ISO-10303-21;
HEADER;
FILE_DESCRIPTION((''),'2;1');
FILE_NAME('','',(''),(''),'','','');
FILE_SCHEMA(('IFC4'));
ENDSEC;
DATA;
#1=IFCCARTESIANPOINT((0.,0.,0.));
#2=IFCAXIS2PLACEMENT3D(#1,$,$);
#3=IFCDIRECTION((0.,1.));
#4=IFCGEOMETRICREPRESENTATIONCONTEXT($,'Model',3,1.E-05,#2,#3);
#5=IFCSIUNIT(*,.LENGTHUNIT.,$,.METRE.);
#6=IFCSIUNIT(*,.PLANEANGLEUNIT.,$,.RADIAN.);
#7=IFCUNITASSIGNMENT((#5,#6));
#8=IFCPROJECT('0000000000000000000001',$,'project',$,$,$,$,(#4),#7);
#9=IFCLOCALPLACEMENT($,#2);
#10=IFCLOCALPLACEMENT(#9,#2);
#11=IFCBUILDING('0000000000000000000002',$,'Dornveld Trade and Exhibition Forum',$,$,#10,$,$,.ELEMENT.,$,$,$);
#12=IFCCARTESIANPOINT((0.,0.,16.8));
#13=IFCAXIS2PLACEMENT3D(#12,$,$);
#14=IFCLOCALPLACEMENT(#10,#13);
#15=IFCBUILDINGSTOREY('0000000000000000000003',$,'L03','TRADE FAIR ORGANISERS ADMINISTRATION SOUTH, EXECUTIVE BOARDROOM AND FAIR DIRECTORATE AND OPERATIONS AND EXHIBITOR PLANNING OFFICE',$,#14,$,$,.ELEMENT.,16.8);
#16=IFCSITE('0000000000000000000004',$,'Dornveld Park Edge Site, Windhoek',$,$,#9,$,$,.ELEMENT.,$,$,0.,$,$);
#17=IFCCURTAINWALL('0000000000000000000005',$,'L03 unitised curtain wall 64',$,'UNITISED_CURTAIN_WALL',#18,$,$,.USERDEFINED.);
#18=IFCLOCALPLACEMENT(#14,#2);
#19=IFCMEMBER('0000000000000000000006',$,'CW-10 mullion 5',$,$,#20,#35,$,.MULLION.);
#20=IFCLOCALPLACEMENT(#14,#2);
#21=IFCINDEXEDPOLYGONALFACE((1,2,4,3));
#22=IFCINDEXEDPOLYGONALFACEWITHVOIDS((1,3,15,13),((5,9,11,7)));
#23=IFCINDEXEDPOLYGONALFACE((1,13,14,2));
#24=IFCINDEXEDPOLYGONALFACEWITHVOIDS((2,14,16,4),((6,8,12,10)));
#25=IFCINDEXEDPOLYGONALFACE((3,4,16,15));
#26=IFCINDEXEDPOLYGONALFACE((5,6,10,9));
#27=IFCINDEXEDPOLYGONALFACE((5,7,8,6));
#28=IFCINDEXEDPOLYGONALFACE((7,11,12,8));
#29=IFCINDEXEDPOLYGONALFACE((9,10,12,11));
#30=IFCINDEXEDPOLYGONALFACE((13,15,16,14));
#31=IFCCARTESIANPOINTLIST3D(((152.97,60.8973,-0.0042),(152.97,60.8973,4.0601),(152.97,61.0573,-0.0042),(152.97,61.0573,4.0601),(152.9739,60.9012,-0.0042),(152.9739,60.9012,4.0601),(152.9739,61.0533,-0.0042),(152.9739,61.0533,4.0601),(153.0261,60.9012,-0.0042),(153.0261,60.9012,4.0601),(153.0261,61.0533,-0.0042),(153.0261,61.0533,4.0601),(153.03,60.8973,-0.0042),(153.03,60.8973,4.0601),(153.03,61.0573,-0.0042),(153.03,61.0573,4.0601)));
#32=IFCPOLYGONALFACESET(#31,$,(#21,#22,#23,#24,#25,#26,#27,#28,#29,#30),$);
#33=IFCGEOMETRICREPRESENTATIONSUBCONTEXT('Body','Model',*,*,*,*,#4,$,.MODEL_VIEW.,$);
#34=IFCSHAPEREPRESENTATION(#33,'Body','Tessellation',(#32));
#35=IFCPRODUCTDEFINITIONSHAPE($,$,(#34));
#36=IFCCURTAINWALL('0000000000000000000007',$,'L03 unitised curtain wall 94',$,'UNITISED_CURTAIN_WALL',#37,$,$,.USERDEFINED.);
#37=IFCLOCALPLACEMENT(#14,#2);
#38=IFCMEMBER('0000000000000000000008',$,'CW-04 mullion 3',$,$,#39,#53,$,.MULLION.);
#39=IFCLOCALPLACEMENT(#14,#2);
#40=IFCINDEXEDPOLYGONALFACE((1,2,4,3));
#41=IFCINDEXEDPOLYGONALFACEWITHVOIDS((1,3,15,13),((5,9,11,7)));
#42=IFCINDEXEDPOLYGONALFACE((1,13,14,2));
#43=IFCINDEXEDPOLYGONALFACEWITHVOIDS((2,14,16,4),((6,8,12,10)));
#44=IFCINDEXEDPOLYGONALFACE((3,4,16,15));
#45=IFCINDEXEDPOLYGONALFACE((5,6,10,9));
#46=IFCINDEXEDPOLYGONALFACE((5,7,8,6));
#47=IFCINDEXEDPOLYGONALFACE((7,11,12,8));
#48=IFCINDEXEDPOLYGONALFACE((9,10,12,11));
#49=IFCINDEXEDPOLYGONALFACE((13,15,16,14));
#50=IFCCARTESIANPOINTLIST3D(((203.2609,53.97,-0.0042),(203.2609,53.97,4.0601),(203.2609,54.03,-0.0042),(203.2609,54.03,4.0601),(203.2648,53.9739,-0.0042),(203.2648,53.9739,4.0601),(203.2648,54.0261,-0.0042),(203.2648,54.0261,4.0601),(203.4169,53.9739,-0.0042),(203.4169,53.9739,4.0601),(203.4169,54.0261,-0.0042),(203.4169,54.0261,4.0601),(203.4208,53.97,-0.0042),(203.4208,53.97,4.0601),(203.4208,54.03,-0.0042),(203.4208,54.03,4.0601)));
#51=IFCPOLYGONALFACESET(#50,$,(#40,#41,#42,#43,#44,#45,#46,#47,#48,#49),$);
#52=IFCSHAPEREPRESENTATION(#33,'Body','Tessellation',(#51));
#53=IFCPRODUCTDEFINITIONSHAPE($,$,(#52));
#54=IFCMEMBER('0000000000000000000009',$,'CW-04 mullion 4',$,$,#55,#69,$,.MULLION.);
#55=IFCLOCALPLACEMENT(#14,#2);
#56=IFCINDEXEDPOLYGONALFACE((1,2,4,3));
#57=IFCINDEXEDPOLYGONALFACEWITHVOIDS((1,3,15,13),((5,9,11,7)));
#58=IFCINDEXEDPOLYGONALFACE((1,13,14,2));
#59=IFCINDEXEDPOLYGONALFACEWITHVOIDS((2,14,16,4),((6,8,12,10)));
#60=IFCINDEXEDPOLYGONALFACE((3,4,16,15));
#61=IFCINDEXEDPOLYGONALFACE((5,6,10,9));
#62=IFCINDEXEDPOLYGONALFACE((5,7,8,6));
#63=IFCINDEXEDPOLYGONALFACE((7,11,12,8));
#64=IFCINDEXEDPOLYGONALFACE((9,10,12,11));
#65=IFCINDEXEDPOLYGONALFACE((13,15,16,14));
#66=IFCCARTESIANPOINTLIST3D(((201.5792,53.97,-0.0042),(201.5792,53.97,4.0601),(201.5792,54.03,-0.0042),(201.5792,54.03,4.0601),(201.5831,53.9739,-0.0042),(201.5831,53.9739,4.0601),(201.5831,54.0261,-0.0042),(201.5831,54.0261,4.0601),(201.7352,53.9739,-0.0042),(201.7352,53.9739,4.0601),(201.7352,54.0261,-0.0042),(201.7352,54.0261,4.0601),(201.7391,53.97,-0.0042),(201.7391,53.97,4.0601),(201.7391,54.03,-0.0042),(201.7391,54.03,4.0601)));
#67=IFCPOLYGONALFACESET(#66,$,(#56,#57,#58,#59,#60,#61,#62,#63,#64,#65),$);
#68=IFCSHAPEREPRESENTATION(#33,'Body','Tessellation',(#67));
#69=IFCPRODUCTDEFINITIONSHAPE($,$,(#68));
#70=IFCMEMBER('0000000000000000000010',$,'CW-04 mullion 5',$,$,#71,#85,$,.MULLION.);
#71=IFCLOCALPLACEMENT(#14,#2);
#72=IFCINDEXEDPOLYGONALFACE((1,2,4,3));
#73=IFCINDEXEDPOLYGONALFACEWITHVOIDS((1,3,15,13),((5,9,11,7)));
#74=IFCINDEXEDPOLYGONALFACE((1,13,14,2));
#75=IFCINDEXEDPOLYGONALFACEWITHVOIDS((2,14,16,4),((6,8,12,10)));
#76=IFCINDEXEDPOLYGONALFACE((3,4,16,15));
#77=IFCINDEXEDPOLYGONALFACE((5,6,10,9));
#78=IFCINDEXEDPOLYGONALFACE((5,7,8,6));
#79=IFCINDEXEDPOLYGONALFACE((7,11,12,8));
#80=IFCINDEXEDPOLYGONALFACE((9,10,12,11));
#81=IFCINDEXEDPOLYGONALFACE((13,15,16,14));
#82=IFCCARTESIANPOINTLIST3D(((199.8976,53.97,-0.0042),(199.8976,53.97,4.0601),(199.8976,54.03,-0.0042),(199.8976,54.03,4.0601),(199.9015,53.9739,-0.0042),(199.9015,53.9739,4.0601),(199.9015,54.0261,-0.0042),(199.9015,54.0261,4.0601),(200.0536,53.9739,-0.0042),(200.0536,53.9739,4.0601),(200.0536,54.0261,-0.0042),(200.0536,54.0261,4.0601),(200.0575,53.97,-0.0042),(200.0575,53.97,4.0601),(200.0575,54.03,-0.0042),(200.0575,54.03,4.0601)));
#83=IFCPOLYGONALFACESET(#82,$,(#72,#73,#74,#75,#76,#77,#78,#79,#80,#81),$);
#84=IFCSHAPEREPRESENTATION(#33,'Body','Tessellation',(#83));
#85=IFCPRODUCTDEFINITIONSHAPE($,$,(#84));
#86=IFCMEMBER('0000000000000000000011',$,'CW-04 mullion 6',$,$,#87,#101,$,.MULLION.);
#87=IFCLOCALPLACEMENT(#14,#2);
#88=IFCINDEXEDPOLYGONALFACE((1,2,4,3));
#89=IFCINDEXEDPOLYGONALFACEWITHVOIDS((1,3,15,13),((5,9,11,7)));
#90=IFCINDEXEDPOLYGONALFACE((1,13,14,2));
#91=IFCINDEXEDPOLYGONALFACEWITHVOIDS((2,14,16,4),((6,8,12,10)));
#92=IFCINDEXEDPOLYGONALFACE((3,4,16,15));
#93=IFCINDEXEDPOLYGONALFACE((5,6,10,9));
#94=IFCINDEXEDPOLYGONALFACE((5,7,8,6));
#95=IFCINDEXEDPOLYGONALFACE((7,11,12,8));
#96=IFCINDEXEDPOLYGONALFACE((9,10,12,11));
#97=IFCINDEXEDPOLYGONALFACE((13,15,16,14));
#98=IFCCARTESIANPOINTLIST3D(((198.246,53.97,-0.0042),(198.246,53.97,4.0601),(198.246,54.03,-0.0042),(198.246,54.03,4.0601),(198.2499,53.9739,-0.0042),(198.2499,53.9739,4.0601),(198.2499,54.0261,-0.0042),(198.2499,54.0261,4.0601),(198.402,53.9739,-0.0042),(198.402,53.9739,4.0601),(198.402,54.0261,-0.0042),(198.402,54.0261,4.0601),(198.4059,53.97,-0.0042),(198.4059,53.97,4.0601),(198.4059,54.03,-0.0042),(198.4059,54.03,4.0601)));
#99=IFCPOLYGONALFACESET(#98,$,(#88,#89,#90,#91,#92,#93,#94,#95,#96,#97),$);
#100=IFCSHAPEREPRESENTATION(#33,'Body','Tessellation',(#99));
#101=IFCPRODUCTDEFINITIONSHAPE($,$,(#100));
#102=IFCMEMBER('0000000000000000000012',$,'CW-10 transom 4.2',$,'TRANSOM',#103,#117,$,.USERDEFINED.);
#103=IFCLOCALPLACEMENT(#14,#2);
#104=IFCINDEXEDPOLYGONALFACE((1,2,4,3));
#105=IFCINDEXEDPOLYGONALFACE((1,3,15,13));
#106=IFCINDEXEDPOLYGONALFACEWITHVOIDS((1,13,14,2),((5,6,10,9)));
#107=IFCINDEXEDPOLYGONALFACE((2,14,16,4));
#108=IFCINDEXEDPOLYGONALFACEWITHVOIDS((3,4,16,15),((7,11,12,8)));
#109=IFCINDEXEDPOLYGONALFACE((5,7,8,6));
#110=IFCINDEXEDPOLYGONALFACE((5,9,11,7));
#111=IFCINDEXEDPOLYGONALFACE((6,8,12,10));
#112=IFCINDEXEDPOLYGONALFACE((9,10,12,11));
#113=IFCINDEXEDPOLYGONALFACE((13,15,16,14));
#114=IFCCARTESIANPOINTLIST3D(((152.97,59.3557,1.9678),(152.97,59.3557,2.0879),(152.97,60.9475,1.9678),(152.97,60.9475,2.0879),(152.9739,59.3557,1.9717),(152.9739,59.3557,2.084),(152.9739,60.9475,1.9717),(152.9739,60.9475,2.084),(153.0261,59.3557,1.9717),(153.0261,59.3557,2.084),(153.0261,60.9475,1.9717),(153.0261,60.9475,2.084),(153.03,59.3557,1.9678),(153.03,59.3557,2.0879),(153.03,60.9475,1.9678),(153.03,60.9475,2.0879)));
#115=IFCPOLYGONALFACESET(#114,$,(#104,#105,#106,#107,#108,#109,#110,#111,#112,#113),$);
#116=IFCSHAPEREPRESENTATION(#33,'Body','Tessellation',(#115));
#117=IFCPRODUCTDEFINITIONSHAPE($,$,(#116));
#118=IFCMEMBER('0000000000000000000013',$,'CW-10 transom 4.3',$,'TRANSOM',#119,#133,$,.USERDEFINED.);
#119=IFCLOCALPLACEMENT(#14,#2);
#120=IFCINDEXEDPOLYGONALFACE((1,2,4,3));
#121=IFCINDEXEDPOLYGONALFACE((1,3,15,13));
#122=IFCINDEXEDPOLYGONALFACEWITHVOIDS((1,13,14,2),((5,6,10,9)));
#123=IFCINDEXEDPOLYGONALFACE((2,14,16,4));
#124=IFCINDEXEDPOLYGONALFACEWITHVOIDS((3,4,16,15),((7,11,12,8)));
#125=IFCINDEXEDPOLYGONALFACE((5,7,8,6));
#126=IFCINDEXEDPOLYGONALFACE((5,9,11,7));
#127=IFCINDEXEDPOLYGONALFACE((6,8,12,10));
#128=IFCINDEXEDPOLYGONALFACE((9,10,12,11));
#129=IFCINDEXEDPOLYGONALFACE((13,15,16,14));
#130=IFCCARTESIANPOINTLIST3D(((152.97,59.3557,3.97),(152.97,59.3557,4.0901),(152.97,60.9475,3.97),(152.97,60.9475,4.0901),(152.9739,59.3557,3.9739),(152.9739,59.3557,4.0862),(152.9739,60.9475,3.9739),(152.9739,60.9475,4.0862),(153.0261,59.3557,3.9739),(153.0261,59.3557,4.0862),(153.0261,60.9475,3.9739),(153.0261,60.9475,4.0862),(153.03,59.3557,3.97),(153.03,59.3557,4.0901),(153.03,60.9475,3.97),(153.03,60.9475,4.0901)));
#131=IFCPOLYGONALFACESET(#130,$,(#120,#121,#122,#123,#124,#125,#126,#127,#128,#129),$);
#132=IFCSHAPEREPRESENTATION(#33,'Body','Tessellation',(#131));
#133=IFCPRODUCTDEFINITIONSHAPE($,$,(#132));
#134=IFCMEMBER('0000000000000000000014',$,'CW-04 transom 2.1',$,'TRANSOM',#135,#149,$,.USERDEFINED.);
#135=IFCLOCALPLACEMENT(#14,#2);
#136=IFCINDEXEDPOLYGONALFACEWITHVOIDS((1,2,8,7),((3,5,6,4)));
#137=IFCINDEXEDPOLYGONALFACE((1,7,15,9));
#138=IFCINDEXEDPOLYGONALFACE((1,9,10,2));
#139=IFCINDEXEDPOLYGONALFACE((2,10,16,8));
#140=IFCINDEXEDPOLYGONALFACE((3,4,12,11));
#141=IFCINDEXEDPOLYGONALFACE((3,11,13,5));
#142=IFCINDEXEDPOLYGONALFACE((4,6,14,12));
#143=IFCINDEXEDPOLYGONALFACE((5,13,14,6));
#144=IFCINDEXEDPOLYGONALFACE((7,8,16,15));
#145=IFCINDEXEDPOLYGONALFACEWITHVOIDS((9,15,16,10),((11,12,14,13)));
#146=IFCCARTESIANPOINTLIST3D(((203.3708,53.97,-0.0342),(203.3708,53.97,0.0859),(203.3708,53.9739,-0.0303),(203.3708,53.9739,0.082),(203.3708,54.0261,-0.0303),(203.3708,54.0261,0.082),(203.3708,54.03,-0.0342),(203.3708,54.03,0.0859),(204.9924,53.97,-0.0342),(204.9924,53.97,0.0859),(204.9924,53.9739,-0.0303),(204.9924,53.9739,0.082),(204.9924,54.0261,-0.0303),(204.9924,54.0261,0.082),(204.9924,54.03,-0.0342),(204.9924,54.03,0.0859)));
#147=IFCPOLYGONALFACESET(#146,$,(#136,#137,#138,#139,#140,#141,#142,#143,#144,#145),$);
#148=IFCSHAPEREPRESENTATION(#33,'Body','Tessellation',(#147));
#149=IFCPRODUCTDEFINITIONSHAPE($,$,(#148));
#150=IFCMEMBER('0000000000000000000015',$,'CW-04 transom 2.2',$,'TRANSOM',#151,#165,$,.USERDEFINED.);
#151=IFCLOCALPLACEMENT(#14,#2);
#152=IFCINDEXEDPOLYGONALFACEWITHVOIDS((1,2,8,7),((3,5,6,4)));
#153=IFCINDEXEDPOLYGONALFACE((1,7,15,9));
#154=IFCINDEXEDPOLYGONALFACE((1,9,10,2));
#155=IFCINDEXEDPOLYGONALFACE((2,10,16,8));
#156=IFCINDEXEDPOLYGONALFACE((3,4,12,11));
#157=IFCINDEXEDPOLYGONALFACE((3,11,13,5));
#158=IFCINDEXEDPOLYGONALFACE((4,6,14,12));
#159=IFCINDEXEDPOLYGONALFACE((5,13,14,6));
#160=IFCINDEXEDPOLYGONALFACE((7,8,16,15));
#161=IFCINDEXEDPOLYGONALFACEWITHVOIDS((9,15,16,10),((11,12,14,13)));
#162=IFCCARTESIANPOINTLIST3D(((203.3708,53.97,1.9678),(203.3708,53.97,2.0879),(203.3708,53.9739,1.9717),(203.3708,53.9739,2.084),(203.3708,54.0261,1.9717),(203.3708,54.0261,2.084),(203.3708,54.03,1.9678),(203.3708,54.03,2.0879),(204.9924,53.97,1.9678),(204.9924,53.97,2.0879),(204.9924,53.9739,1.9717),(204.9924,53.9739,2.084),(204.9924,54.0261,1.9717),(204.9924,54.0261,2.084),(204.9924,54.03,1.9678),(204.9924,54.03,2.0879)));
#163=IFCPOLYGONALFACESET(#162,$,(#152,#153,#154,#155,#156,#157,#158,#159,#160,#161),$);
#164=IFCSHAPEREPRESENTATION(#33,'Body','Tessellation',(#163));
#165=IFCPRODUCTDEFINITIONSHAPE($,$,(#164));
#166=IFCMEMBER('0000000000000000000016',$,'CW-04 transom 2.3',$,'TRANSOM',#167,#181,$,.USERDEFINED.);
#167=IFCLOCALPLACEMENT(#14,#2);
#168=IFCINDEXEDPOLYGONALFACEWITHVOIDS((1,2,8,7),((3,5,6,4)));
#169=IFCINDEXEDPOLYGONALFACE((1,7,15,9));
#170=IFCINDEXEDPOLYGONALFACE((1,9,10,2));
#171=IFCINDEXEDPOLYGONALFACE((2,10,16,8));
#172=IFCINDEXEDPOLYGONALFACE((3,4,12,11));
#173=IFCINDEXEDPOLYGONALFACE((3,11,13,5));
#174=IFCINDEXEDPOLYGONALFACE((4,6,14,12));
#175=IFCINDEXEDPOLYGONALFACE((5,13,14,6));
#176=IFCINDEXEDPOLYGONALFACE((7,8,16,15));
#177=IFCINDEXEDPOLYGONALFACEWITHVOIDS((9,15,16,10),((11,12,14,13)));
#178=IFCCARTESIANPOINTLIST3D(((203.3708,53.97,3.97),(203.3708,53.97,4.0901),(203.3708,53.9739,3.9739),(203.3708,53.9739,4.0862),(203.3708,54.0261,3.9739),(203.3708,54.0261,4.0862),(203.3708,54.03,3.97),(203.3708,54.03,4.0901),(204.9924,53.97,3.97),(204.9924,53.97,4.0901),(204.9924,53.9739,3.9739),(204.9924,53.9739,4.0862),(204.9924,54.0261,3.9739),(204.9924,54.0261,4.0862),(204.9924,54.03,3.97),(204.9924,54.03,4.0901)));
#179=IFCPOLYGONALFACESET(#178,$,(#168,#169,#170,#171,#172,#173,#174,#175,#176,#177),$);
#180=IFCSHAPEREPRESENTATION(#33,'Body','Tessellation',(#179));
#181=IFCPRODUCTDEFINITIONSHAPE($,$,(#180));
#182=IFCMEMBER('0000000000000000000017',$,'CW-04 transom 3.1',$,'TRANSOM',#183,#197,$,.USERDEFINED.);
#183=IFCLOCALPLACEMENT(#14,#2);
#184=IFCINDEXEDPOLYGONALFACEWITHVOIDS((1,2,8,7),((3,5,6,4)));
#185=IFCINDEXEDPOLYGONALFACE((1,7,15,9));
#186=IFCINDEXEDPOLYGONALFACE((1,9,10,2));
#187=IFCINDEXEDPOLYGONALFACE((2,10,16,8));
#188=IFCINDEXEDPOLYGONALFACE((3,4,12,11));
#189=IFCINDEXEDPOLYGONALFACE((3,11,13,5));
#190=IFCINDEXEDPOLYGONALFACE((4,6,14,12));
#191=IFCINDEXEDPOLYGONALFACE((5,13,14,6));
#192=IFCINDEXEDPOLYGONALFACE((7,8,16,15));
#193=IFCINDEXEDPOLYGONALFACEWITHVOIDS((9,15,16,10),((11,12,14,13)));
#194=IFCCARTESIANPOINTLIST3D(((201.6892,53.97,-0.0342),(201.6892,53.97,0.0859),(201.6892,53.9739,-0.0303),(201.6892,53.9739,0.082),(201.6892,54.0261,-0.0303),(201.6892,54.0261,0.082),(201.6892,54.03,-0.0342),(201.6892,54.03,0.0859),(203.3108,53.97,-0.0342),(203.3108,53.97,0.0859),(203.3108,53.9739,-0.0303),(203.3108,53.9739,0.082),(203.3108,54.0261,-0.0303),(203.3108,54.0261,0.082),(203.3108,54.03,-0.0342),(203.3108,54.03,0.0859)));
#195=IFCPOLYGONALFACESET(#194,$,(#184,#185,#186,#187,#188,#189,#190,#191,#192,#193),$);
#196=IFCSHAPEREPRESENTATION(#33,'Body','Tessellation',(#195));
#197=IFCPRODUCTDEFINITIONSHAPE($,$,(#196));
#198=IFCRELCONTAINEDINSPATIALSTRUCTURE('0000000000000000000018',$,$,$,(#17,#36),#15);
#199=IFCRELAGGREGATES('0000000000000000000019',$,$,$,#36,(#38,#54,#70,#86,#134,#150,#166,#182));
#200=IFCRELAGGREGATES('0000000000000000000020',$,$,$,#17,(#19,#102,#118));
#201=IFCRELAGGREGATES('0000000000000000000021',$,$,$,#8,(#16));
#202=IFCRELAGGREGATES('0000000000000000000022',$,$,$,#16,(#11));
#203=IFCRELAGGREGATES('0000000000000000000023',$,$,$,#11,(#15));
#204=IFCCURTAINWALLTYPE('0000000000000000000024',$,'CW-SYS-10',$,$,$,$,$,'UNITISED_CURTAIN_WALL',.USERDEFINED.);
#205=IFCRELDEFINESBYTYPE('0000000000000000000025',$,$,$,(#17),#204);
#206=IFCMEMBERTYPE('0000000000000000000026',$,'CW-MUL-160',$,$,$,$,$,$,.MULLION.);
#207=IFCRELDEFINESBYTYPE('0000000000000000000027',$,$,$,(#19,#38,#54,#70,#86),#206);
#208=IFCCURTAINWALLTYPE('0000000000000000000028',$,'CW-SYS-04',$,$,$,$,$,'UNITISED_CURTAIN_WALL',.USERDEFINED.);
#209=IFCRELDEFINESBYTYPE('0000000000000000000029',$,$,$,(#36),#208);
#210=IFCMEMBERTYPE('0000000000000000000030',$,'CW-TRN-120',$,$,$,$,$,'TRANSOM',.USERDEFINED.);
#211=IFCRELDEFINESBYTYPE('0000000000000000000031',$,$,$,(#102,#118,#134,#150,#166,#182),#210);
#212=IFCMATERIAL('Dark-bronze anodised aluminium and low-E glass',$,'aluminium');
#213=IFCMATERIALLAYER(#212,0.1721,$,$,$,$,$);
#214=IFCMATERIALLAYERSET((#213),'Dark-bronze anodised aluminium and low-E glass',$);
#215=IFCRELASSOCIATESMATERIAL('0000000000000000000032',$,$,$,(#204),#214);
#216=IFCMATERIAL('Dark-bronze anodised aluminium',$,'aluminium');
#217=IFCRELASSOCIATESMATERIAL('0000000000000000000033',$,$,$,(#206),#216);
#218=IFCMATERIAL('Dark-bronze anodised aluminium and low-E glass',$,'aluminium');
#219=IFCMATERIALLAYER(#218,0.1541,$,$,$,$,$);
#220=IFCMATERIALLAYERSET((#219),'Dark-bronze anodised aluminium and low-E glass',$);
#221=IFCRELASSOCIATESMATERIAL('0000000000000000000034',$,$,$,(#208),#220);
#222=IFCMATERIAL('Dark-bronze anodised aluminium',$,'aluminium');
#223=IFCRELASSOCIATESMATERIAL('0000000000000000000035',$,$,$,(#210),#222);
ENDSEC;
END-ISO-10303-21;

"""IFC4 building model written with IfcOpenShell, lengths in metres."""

from ifc_helpers import new_model, si_unit, direction, frame, origin, origin_2d, place, context, subcontext, project, spatial, hollow_rectangle, extrude, material, layer, layer_set, material_profile, profile_set, type_object, element, aggregate, save


model = new_model("IFC4")

# Units and contexts
model_context = context("Model", 3, precision=1e-05, world=origin(), true_north=direction((0.0, 1.0)))
body_context = subcontext(model_context, "Body", "Model", "MODEL_VIEW")
ifc_project = project(units=[si_unit("LENGTHUNIT", "METRE"), si_unit("PLANEANGLEUNIT", "RADIAN")], contexts=[model_context])

# Site, building, storey
site_placement = place(None, origin())
site = spatial("IfcSite", under=ifc_project, at=site_placement, Name="Dornveld Park Edge Site, Windhoek", CompositionType="ELEMENT", RefElevation=0.0)
building_placement = place(site_placement, origin())
building = spatial("IfcBuilding", under=site, at=building_placement, Name="Dornveld Trade and Exhibition Forum", CompositionType="ELEMENT")
storey_placement = place(building_placement, frame((0.0, 0.0, 16.8)))
storey = spatial("IfcBuildingStorey", under=building, at=storey_placement, Name="L03", Description="TRADE FAIR ORGANISERS ADMINISTRATION SOUTH, EXECUTIVE BOARDROOM AND FAIR DIRECTORATE AND OPERATIONS AND EXHIBITOR PLANNING OFFICE", CompositionType="ELEMENT", Elevation=16.8)

# Curtain wall, member
ifc_material_1 = material(Name="Dark-bronze anodised aluminium and low-E glass", Category="aluminium")
ifc_layer_1 = layer(ifc_material_1, 0.1721)
ifc_layer_set_1 = layer_set([ifc_layer_1], Name="Dark-bronze anodised aluminium and low-E glass")
curtain_wall_type_1 = type_object("IfcCurtainWallType", Name="CW-SYS-10", ElementType="UNITISED_CURTAIN_WALL", PredefinedType="USERDEFINED", material=ifc_layer_set_1)
curtain_wall_1_placement = place(storey_placement, origin())
curtain_wall_1 = element("IfcCurtainWall", 1, at=curtain_wall_1_placement, inside=storey, type_object=curtain_wall_type_1, Name="L03 unitised curtain wall 64", ObjectType="UNITISED_CURTAIN_WALL", PredefinedType="USERDEFINED")
ifc_material_2 = material(Name="Dark-bronze anodised aluminium", Category="aluminium")
ifc_material_profile_1 = material_profile(ifc_material_2, hollow_rectangle(XDim=0.0601, YDim=0.1599, WallThickness=0.0039, at=origin_2d()), Name="RHS 160x60x4")
ifc_profile_set_1 = profile_set([ifc_material_profile_1], Name="Dark-bronze anodised aluminium")
member_type_1 = type_object("IfcMemberType", Name="CW-MUL-160", PredefinedType="MULLION", material=ifc_profile_set_1)
member_1_placement = place(storey_placement, frame((153.0, 60.9773, -0.0042), z_axis=(0.0, 0.0, 1.0), x_axis=(-1.0, 0.0, 0.0)))
member_1 = element("IfcMember", 2, at=member_1_placement, type_object=member_type_1, Name="CW-10 mullion 5", PredefinedType="MULLION", context=body_context, shape_type="SweptSolid", body=[
    extrude(hollow_rectangle(XDim=0.0601, YDim=0.1599, WallThickness=0.0039, at=origin_2d()), origin(), (0.0, 0.0, 1.0), 4.0642),
])

# Curtain wall, members
ifc_material_3 = material(Name="Dark-bronze anodised aluminium and low-E glass", Category="aluminium")
ifc_layer_2 = layer(ifc_material_3, 0.1541)
ifc_layer_set_2 = layer_set([ifc_layer_2], Name="Dark-bronze anodised aluminium and low-E glass")
curtain_wall_type_2 = type_object("IfcCurtainWallType", Name="CW-SYS-04", ElementType="UNITISED_CURTAIN_WALL", PredefinedType="USERDEFINED", material=ifc_layer_set_2)
curtain_wall_2_placement = place(storey_placement, origin())
curtain_wall_2 = element("IfcCurtainWall", 3, at=curtain_wall_2_placement, inside=storey, type_object=curtain_wall_type_2, Name="L03 unitised curtain wall 94", ObjectType="UNITISED_CURTAIN_WALL", PredefinedType="USERDEFINED")
member_2_placement = place(storey_placement, frame((203.3408, 54.0, -0.0042), z_axis=(0.0, 0.0, 1.0), x_axis=(0.0, -1.0, 0.0)))
member_2 = element("IfcMember", 4, at=member_2_placement, type_object=member_type_1, Name="CW-04 mullion 3", PredefinedType="MULLION", context=body_context, shape_type="SweptSolid", body=[
    extrude(hollow_rectangle(XDim=0.0601, YDim=0.1599, WallThickness=0.0039, at=origin_2d()), origin(), (0.0, 0.0, 1.0), 4.0642),
])
member_3_placement = place(storey_placement, frame((201.6592, 54.0, -0.0042), z_axis=(0.0, 0.0, 1.0), x_axis=(0.0, -1.0, 0.0)))
member_3 = element("IfcMember", 5, at=member_3_placement, type_object=member_type_1, Name="CW-04 mullion 4", PredefinedType="MULLION", context=body_context, shape_type="SweptSolid", body=[
    extrude(hollow_rectangle(XDim=0.0601, YDim=0.1599, WallThickness=0.0039, at=origin_2d()), origin(), (0.0, 0.0, 1.0), 4.0642),
])
member_4_placement = place(storey_placement, frame((199.9775, 54.0, -0.0042), z_axis=(0.0, 0.0, 1.0), x_axis=(0.0, -1.0, 0.0)))
member_4 = element("IfcMember", 6, at=member_4_placement, type_object=member_type_1, Name="CW-04 mullion 5", PredefinedType="MULLION", context=body_context, shape_type="SweptSolid", body=[
    extrude(hollow_rectangle(XDim=0.0601, YDim=0.1599, WallThickness=0.0039, at=origin_2d()), origin(), (0.0, 0.0, 1.0), 4.0642),
])
member_5_placement = place(storey_placement, frame((198.3259, 54.0, -0.0042), z_axis=(0.0, 0.0, 1.0), x_axis=(0.0, -1.0, 0.0)))
member_5 = element("IfcMember", 7, at=member_5_placement, type_object=member_type_1, Name="CW-04 mullion 6", PredefinedType="MULLION", context=body_context, shape_type="SweptSolid", body=[
    extrude(hollow_rectangle(XDim=0.0601, YDim=0.1599, WallThickness=0.0039, at=origin_2d()), origin(), (0.0, 0.0, 1.0), 4.0642),
])

# Members
ifc_material_4 = material(Name="Dark-bronze anodised aluminium", Category="aluminium")
ifc_material_profile_2 = material_profile(ifc_material_4, hollow_rectangle(XDim=0.0601, YDim=0.1201, WallThickness=0.0039, at=origin_2d()), Name="RHS 120x60x4")
ifc_profile_set_2 = profile_set([ifc_material_profile_2], Name="Dark-bronze anodised aluminium")
member_type_2 = type_object("IfcMemberType", Name="CW-TRN-120", ElementType="TRANSOM", PredefinedType="USERDEFINED", material=ifc_profile_set_2)
member_6_placement = place(storey_placement, frame((153.0, 59.3557, 2.0278), z_axis=(0.0, 1.0, 0.0), x_axis=(-1.0, 0.0, 0.0)))
member_6 = element("IfcMember", 8, at=member_6_placement, type_object=member_type_2, Name="CW-10 transom 4.2", ObjectType="TRANSOM", PredefinedType="USERDEFINED", context=body_context, shape_type="SweptSolid", body=[
    extrude(hollow_rectangle(XDim=0.0601, YDim=0.1201, WallThickness=0.0039, at=origin_2d()), origin(), (0.0, 0.0, 1.0), 1.5918),
])
member_7_placement = place(storey_placement, frame((153.0, 59.3557, 4.03), z_axis=(0.0, 1.0, 0.0), x_axis=(-1.0, 0.0, 0.0)))
member_7 = element("IfcMember", 9, at=member_7_placement, type_object=member_type_2, Name="CW-10 transom 4.3", ObjectType="TRANSOM", PredefinedType="USERDEFINED", context=body_context, shape_type="SweptSolid", body=[
    extrude(hollow_rectangle(XDim=0.0601, YDim=0.1201, WallThickness=0.0039, at=origin_2d()), origin(), (0.0, 0.0, 1.0), 1.5918),
])
member_8_placement = place(storey_placement, frame((204.9924, 54.0, 0.0259), z_axis=(-1.0, 0.0, 0.0), x_axis=(0.0, -1.0, 0.0)))
member_8 = element("IfcMember", 10, at=member_8_placement, type_object=member_type_2, Name="CW-04 transom 2.1", ObjectType="TRANSOM", PredefinedType="USERDEFINED", context=body_context, shape_type="SweptSolid", body=[
    extrude(hollow_rectangle(XDim=0.0601, YDim=0.1201, WallThickness=0.0039, at=origin_2d()), origin(), (0.0, 0.0, 1.0), 1.6216),
])
member_9_placement = place(storey_placement, frame((204.9924, 54.0, 2.0278), z_axis=(-1.0, 0.0, 0.0), x_axis=(0.0, -1.0, 0.0)))
member_9 = element("IfcMember", 11, at=member_9_placement, type_object=member_type_2, Name="CW-04 transom 2.2", ObjectType="TRANSOM", PredefinedType="USERDEFINED", context=body_context, shape_type="SweptSolid", body=[
    extrude(hollow_rectangle(XDim=0.0601, YDim=0.1201, WallThickness=0.0039, at=origin_2d()), origin(), (0.0, 0.0, 1.0), 1.6216),
])
member_10_placement = place(storey_placement, frame((204.9924, 54.0, 4.03), z_axis=(-1.0, 0.0, 0.0), x_axis=(0.0, -1.0, 0.0)))
member_10 = element("IfcMember", 12, at=member_10_placement, type_object=member_type_2, Name="CW-04 transom 2.3", ObjectType="TRANSOM", PredefinedType="USERDEFINED", context=body_context, shape_type="SweptSolid", body=[
    extrude(hollow_rectangle(XDim=0.0601, YDim=0.1201, WallThickness=0.0039, at=origin_2d()), origin(), (0.0, 0.0, 1.0), 1.6216),
])
member_11_placement = place(storey_placement, frame((203.3108, 54.0, 0.0259), z_axis=(-1.0, 0.0, 0.0), x_axis=(0.0, -1.0, 0.0)))
member_11 = element("IfcMember", 13, at=member_11_placement, type_object=member_type_2, Name="CW-04 transom 3.1", ObjectType="TRANSOM", PredefinedType="USERDEFINED", context=body_context, shape_type="SweptSolid", body=[
    extrude(hollow_rectangle(XDim=0.0601, YDim=0.1201, WallThickness=0.0039, at=origin_2d()), origin(), (0.0, 0.0, 1.0), 1.6216),
])

aggregate(curtain_wall_2, [member_2, member_3, member_4, member_5, member_8, member_9, member_10, member_11])
aggregate(curtain_wall_1, [member_1, member_6, member_7])

save(model, "model.ifc")
